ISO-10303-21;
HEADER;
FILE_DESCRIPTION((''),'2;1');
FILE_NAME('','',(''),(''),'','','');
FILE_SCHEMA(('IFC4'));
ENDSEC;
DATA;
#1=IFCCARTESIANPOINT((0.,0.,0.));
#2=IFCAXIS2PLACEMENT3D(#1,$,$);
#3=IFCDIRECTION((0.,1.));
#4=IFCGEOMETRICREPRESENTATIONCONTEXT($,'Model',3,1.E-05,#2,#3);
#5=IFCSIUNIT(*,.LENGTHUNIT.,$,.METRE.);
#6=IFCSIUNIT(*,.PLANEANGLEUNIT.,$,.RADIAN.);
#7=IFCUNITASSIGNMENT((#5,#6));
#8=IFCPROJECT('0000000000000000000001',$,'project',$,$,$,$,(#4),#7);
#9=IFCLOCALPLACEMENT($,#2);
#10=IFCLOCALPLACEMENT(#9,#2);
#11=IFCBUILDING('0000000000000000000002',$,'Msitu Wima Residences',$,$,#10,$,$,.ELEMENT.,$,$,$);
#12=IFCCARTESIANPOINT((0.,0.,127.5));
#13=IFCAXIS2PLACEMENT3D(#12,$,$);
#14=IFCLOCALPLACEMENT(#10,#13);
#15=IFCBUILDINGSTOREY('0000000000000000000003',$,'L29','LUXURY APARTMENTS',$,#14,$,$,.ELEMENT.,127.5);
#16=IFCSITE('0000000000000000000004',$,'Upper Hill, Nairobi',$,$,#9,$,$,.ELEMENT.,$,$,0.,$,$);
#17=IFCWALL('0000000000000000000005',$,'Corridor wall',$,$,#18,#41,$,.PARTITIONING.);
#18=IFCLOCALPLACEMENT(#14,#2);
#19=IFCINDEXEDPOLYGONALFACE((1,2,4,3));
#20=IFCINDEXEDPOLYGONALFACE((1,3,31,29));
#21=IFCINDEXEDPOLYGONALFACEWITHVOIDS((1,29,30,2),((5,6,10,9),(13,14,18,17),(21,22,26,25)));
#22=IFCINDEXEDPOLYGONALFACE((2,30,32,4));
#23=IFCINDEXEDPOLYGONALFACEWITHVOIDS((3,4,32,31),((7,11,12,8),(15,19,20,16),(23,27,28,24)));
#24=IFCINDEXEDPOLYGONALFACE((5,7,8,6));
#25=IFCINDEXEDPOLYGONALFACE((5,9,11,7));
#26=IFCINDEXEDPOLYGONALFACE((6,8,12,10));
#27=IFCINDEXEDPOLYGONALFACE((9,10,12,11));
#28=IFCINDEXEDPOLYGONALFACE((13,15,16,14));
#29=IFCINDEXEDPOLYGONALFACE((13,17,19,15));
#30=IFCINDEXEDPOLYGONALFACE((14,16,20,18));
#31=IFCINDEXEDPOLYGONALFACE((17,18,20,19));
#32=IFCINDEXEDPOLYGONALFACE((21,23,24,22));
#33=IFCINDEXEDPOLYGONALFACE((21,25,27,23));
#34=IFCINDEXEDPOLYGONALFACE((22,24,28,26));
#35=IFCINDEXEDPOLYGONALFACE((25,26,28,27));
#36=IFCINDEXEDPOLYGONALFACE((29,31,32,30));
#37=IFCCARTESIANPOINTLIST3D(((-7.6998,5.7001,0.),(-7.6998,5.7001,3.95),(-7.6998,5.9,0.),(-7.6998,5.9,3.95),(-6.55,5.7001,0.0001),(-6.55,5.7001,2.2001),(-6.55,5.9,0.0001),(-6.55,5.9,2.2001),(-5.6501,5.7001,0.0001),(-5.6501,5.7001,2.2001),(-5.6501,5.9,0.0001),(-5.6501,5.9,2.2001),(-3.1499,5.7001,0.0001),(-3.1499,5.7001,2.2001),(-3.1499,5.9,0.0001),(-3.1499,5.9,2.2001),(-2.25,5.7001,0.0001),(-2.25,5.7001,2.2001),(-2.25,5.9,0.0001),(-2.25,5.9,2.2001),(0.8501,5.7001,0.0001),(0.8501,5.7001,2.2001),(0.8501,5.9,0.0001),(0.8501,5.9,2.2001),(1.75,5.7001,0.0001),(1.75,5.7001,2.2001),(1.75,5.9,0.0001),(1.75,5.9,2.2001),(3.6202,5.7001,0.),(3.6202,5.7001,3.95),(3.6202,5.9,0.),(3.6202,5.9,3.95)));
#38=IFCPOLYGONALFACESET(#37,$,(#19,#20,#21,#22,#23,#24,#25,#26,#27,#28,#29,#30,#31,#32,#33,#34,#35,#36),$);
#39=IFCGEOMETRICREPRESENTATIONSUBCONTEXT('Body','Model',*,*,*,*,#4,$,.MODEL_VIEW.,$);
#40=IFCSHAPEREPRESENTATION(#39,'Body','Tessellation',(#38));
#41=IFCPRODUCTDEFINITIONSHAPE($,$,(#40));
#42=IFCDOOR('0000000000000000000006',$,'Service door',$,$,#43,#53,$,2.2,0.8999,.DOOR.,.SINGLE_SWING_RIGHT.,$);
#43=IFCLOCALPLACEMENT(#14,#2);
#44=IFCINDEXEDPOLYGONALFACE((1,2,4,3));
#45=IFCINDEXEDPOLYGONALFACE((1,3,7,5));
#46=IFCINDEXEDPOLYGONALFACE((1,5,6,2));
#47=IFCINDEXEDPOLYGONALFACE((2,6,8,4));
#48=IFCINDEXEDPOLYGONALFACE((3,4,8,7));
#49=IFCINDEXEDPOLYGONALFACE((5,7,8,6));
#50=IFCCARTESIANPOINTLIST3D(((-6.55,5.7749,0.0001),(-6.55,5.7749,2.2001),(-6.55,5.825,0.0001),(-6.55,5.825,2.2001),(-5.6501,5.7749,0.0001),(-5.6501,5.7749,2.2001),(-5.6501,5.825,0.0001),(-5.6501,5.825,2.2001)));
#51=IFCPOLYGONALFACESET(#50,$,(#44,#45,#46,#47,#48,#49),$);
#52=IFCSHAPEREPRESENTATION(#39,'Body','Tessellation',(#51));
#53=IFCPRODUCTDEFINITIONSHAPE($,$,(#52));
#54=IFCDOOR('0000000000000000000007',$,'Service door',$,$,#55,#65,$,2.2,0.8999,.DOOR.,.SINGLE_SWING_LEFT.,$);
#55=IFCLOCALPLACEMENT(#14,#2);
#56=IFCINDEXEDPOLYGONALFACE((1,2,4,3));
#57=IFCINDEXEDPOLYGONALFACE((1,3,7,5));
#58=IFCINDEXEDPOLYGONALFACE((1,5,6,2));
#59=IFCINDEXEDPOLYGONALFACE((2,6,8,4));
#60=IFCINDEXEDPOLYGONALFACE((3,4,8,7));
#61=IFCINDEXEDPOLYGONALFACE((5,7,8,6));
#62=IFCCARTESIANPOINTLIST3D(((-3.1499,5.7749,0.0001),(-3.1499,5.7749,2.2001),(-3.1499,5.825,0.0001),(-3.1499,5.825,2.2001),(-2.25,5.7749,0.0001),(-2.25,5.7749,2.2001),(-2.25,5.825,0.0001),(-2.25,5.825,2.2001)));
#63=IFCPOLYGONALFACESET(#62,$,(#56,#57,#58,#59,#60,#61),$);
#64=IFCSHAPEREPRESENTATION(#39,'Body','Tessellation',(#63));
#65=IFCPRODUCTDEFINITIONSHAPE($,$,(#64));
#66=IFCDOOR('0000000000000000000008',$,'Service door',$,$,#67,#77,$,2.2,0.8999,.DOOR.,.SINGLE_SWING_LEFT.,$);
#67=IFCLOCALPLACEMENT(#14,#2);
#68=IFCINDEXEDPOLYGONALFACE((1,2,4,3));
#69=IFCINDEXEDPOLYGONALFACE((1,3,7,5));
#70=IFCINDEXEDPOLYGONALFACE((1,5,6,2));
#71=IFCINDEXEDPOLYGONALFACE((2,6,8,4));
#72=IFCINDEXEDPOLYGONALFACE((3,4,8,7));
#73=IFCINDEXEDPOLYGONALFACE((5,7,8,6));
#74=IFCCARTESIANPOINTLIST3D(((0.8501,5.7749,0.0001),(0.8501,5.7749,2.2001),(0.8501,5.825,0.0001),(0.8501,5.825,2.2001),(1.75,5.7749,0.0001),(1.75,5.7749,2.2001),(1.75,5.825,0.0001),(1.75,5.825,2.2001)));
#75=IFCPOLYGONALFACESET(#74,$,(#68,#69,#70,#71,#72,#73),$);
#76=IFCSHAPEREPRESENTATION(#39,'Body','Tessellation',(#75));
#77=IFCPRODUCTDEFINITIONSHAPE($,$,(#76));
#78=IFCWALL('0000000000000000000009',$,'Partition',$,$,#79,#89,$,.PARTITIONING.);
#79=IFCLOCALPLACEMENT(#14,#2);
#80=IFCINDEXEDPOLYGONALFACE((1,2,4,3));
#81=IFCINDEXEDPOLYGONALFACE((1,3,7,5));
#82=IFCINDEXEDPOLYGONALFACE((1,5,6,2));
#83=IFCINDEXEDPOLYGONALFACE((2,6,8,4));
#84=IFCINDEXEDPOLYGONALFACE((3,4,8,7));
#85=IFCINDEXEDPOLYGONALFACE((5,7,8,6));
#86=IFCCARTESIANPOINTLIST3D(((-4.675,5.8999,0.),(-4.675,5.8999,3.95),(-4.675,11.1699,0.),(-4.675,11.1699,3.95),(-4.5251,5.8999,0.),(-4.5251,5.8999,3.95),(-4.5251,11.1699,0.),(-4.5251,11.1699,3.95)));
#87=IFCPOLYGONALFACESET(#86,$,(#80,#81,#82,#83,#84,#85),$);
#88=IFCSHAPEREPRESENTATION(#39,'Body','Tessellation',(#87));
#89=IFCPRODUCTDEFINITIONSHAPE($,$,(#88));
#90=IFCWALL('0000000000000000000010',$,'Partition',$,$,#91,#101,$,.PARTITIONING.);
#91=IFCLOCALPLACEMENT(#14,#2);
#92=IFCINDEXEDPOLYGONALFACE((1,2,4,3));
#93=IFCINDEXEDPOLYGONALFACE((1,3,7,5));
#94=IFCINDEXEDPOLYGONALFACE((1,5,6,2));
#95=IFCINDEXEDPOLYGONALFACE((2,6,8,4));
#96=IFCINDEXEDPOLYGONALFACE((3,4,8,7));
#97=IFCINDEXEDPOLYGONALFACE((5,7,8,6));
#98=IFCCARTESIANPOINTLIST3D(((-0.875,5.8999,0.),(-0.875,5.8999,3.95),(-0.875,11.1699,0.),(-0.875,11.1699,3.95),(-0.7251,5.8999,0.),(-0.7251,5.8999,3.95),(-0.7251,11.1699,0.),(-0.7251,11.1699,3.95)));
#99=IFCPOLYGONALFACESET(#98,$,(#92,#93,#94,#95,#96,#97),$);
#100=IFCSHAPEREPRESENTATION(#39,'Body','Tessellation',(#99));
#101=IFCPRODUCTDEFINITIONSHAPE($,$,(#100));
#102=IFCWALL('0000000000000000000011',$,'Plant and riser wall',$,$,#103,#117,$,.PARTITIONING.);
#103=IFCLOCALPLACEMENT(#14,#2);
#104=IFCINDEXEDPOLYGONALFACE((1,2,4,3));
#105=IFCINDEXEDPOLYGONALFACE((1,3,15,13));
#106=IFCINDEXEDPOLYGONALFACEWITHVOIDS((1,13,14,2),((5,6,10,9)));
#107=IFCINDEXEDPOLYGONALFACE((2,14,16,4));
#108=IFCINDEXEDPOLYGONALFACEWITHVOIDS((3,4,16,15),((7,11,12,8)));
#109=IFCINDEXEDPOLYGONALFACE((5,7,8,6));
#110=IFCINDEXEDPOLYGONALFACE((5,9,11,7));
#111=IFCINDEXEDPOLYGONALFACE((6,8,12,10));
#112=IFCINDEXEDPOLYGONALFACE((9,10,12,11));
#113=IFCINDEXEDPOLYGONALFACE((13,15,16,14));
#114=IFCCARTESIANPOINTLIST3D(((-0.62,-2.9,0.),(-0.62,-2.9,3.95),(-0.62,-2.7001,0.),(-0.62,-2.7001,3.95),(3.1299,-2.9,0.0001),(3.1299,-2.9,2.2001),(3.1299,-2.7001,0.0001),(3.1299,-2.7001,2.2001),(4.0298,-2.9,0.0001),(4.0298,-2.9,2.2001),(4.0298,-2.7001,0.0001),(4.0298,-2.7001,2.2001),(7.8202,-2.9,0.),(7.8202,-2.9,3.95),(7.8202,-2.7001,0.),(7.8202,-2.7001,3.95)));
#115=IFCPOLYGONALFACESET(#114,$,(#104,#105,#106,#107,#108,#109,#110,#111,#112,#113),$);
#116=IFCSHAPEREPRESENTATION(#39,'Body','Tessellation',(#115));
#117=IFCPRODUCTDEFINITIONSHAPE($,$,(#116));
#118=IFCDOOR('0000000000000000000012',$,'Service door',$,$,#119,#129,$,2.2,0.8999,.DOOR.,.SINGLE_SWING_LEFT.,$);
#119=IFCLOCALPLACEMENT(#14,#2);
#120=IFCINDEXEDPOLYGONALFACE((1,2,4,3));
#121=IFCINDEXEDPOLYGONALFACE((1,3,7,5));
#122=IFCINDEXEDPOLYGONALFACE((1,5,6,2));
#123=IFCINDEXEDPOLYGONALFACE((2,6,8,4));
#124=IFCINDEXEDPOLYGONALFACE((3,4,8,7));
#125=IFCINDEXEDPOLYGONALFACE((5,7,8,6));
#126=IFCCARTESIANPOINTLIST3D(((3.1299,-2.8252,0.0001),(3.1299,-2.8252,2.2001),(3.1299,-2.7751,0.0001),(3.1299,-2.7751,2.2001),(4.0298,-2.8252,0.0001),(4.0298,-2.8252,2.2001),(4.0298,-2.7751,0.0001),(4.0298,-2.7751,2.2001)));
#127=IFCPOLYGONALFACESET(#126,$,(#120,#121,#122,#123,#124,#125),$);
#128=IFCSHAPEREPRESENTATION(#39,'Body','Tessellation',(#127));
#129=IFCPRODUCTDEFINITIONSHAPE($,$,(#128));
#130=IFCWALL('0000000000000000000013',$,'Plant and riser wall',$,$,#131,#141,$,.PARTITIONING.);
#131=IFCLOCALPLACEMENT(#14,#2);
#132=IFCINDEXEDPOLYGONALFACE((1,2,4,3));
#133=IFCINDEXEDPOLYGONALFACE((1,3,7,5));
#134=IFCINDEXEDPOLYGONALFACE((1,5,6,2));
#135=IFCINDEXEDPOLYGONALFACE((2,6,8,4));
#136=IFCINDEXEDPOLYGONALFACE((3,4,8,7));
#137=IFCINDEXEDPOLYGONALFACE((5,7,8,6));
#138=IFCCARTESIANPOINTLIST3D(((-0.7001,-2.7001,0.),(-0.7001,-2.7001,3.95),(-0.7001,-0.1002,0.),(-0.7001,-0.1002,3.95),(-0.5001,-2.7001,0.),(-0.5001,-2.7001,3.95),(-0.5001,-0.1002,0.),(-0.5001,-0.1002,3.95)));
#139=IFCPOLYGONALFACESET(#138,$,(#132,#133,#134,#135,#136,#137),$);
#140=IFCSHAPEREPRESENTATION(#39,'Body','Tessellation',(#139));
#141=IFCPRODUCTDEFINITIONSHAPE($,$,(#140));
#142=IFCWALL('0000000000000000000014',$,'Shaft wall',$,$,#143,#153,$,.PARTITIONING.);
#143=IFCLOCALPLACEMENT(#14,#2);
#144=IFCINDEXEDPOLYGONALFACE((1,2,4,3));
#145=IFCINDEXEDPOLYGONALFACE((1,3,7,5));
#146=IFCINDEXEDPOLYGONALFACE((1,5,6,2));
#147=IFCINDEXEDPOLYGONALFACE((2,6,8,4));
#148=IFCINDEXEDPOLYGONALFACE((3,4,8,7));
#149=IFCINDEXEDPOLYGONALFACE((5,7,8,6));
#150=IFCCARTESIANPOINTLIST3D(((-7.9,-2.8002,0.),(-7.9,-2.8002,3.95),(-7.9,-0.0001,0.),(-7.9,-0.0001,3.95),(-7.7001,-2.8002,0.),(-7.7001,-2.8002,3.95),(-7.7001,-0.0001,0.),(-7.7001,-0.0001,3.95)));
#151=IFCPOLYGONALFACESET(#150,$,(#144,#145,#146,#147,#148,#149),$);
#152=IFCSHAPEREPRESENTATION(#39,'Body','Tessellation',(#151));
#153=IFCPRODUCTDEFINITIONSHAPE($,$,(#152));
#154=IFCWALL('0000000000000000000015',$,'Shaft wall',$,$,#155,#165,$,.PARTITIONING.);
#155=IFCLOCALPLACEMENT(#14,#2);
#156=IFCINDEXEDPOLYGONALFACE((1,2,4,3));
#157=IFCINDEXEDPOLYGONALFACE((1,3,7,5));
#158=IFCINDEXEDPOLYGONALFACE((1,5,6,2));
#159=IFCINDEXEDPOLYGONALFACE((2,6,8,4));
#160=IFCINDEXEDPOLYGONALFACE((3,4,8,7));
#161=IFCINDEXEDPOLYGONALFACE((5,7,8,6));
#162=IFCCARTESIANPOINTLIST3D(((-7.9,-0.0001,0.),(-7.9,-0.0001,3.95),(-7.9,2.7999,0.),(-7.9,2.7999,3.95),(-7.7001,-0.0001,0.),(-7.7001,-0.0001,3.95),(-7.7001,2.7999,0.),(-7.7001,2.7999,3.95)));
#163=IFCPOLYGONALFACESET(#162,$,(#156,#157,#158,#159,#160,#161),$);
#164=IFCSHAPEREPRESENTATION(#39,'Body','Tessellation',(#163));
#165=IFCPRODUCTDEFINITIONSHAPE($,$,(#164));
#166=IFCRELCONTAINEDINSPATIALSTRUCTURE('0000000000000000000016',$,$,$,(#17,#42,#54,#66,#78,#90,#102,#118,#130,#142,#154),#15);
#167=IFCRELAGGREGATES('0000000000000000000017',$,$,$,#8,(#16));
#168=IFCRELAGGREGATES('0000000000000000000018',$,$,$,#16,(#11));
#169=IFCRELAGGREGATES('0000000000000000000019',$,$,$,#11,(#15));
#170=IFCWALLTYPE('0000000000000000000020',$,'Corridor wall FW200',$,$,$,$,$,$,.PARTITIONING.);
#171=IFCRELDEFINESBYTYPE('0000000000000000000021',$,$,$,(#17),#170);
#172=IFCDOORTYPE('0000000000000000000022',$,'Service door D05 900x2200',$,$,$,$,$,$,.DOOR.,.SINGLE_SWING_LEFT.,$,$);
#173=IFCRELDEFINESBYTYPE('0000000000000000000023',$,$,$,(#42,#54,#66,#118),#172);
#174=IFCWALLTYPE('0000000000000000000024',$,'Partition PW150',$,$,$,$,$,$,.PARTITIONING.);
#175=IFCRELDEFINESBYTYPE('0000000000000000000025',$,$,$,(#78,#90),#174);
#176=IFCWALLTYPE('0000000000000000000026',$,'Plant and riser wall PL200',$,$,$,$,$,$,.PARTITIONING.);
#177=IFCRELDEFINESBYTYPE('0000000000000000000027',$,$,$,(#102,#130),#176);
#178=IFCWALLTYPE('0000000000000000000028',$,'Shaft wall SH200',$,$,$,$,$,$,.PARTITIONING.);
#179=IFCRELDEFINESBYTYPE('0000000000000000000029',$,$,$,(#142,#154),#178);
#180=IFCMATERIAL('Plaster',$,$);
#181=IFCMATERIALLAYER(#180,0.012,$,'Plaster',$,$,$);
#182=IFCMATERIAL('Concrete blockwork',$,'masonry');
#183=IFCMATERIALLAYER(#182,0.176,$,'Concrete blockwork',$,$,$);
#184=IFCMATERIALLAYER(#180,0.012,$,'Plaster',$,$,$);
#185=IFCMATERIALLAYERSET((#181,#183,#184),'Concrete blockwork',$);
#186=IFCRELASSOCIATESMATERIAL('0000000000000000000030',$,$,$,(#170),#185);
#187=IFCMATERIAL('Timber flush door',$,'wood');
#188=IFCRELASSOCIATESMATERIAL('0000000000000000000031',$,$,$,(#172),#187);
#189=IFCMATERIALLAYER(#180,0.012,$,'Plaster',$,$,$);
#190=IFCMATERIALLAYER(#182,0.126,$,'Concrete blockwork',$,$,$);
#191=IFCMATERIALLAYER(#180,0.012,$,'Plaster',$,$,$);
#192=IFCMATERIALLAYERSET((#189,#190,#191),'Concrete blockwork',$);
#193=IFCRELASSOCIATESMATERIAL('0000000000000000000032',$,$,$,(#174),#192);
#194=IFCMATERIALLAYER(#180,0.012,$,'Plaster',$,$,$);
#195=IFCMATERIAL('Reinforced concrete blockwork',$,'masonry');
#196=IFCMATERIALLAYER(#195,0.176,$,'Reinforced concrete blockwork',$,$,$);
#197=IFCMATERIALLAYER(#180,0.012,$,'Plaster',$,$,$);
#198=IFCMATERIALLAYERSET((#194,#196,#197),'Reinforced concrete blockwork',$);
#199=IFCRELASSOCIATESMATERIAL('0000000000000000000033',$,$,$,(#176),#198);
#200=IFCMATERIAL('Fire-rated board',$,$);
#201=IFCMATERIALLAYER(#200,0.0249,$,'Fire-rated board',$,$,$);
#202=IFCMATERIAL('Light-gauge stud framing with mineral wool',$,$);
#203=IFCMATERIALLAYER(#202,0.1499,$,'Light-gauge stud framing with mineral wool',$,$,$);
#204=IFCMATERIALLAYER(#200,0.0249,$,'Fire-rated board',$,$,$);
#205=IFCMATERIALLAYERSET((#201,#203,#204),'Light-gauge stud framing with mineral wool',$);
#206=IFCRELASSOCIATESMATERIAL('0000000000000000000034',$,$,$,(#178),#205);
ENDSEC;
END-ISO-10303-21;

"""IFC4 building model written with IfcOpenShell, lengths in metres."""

from ifc_helpers import new_model, si_unit, direction, frame, frame_2d, origin, place, context, subcontext, project, spatial, rectangle, extrude, material, layer, layer_set, type_object, element, fill, save


model = new_model("IFC4")

# Units and contexts
model_context = context("Model", 3, precision=1e-05, world=origin(), true_north=direction((0.0, 1.0)))
body_context = subcontext(model_context, "Body", "Model", "MODEL_VIEW")
ifc_project = project(units=[si_unit("LENGTHUNIT", "METRE"), si_unit("PLANEANGLEUNIT", "RADIAN")], contexts=[model_context])

# Site, building, storey
site_placement = place(None, origin())
site = spatial("IfcSite", under=ifc_project, at=site_placement, Name="Upper Hill, Nairobi", CompositionType="ELEMENT", RefElevation=0.0)
building_placement = place(site_placement, origin())
building = spatial("IfcBuilding", under=site, at=building_placement, Name="Msitu Wima Residences", CompositionType="ELEMENT")
storey_placement = place(building_placement, frame((0.0, 0.0, 127.5)))
storey = spatial("IfcBuildingStorey", under=building, at=storey_placement, Name="L29", Description="LUXURY APARTMENTS", CompositionType="ELEMENT", Elevation=127.5)

# Shared definitions
ifc_material_1 = material(Name="Plaster")
ifc_layer_1 = layer(ifc_material_1, 0.012, Name="Plaster")
ifc_material_2 = material(Name="Concrete blockwork", Category="masonry")
ifc_layer_2 = layer(ifc_material_2, 0.176, Name="Concrete blockwork")
ifc_layer_3 = layer(ifc_material_1, 0.012, Name="Plaster")
ifc_layer_set_1 = layer_set([ifc_layer_1, ifc_layer_2, ifc_layer_3], Name="Concrete blockwork")
wall_type_1 = type_object("IfcWallType", Name="Corridor wall FW200", PredefinedType="PARTITIONING", material=ifc_layer_set_1)
ifc_material_3 = material(Name="Timber flush door", Category="wood")
door_type_1 = type_object("IfcDoorType", Name="Service door D05 900x2200", OperationType="SINGLE_SWING_LEFT", PredefinedType="DOOR", material=ifc_material_3)

# Wall, openings, doors
wall_1_placement = place(storey_placement, frame((-7.7, 5.8, 0.0), z_axis=(0.0, 0.0, 1.0), x_axis=(1.0, 0.0, 0.0)))
wall_1 = element("IfcWall", 1, at=wall_1_placement, inside=storey, type_object=wall_type_1, Name="Corridor wall", PredefinedType="PARTITIONING", context=body_context, shape_type="SweptSolid", body=[
    extrude(rectangle(XDim=11.3201, YDim=0.2, at=frame_2d((5.6602, 0.0))), origin(), (0.0, 0.0, 1.0), 3.95),
])
opening_1_placement = place(wall_1_placement, frame((1.1499, 0.0, 0.0)))
opening_1 = element("IfcOpeningElement", 2, at=opening_1_placement, cuts=wall_1, PredefinedType="OPENING", context=body_context, shape_type="SweptSolid", body=[
    extrude(rectangle(XDim=0.8999, YDim=2.2, at=frame_2d((0.45, 1.1001))), frame((0.0, 0.1099, 0.0), z_axis=(0.0, -1.0, 0.0), x_axis=(1.0, 0.0, 0.0)), (0.0, 0.0, 1.0), 0.22),
])
opening_2_placement = place(wall_1_placement, frame((4.55, 0.0, 0.0)))
opening_2 = element("IfcOpeningElement", 3, at=opening_2_placement, cuts=wall_1, PredefinedType="OPENING", context=body_context, shape_type="SweptSolid", body=[
    extrude(rectangle(XDim=0.8999, YDim=2.2, at=frame_2d((0.45, 1.1001))), frame((0.0, 0.1099, 0.0), z_axis=(0.0, -1.0, 0.0), x_axis=(1.0, 0.0, 0.0)), (0.0, 0.0, 1.0), 0.22),
])
opening_3_placement = place(wall_1_placement, frame((8.55, 0.0, 0.0)))
opening_3 = element("IfcOpeningElement", 4, at=opening_3_placement, cuts=wall_1, PredefinedType="OPENING", context=body_context, shape_type="SweptSolid", body=[
    extrude(rectangle(XDim=0.8999, YDim=2.2, at=frame_2d((0.45, 1.1001))), frame((0.0, 0.1099, 0.0), z_axis=(0.0, -1.0, 0.0), x_axis=(1.0, 0.0, 0.0)), (0.0, 0.0, 1.0), 0.22),
])
door_1_placement = place(opening_1_placement, origin())
door_1 = element("IfcDoor", 5, at=door_1_placement, inside=storey, type_object=door_type_1, Name="Service door", OperationType="SINGLE_SWING_RIGHT", OverallHeight=2.2, OverallWidth=0.8999, PredefinedType="DOOR", context=body_context, shape_type="SweptSolid", body=[
    extrude(rectangle(XDim=0.8999, YDim=2.2, at=frame_2d((0.45, 1.1001))), frame((0.0, 0.0249, 0.0), z_axis=(0.0, -1.0, 0.0), x_axis=(1.0, 0.0, 0.0)), (0.0, 0.0, 1.0), 0.05),
])
fill(opening_1, door_1)
door_2_placement = place(opening_2_placement, origin())
door_2 = element("IfcDoor", 6, at=door_2_placement, inside=storey, type_object=door_type_1, Name="Service door", OperationType="SINGLE_SWING_LEFT", OverallHeight=2.2, OverallWidth=0.8999, PredefinedType="DOOR", context=body_context, shape_type="SweptSolid", body=[
    extrude(rectangle(XDim=0.8999, YDim=2.2, at=frame_2d((0.45, 1.1001))), frame((0.0, 0.0249, 0.0), z_axis=(0.0, -1.0, 0.0), x_axis=(1.0, 0.0, 0.0)), (0.0, 0.0, 1.0), 0.05),
])
fill(opening_2, door_2)
door_3_placement = place(opening_3_placement, origin())
door_3 = element("IfcDoor", 7, at=door_3_placement, inside=storey, type_object=door_type_1, Name="Service door", OperationType="SINGLE_SWING_LEFT", OverallHeight=2.2, OverallWidth=0.8999, PredefinedType="DOOR", context=body_context, shape_type="SweptSolid", body=[
    extrude(rectangle(XDim=0.8999, YDim=2.2, at=frame_2d((0.45, 1.1001))), frame((0.0, 0.0249, 0.0), z_axis=(0.0, -1.0, 0.0), x_axis=(1.0, 0.0, 0.0)), (0.0, 0.0, 1.0), 0.05),
])
fill(opening_3, door_3)

# Walls
ifc_layer_4 = layer(ifc_material_1, 0.012, Name="Plaster")
ifc_layer_5 = layer(ifc_material_2, 0.126, Name="Concrete blockwork")
ifc_layer_6 = layer(ifc_material_1, 0.012, Name="Plaster")
ifc_layer_set_2 = layer_set([ifc_layer_4, ifc_layer_5, ifc_layer_6], Name="Concrete blockwork")
wall_type_2 = type_object("IfcWallType", Name="Partition PW150", PredefinedType="PARTITIONING", material=ifc_layer_set_2)
for number, where, z_axis, x_axis, name in (
    (8, (-4.6001, 5.8999, 0.0), (0.0, 0.0, 1.0), (0.0, 1.0, 0.0), "Partition"),
    (9, (-0.8, 5.8999, 0.0), (0.0, 0.0, 1.0), (0.0, 1.0, 0.0), "Partition"),
):
    element("IfcWall", number, at=place(storey_placement, frame(where, z_axis=z_axis, x_axis=x_axis)), inside=storey, type_object=wall_type_2, Name=name, PredefinedType="PARTITIONING", context=body_context, shape_type="SweptSolid", body=[
        extrude(rectangle(XDim=5.27, YDim=0.1499, at=frame_2d((2.635, 0.0))), origin(), (0.0, 0.0, 1.0), 3.95),
    ])

# Wall, opening, door
ifc_layer_7 = layer(ifc_material_1, 0.012, Name="Plaster")
ifc_material_4 = material(Name="Reinforced concrete blockwork", Category="masonry")
ifc_layer_8 = layer(ifc_material_4, 0.176, Name="Reinforced concrete blockwork")
ifc_layer_9 = layer(ifc_material_1, 0.012, Name="Plaster")
ifc_layer_set_3 = layer_set([ifc_layer_7, ifc_layer_8, ifc_layer_9], Name="Reinforced concrete blockwork")
wall_type_3 = type_object("IfcWallType", Name="Plant and riser wall PL200", PredefinedType="PARTITIONING", material=ifc_layer_set_3)
wall_2_placement = place(storey_placement, frame((-0.6201, -2.8, 0.0), z_axis=(0.0, 0.0, 1.0), x_axis=(1.0, 0.0, 0.0)))
wall_2 = element("IfcWall", 10, at=wall_2_placement, inside=storey, type_object=wall_type_3, Name="Plant and riser wall", PredefinedType="PARTITIONING", context=body_context, shape_type="SweptSolid", body=[
    extrude(rectangle(XDim=8.4402, YDim=0.2, at=frame_2d((4.2202, 0.0))), origin(), (0.0, 0.0, 1.0), 3.95),
])
opening_4_placement = place(wall_2_placement, frame((3.75, 0.0, 0.0)))
opening_4 = element("IfcOpeningElement", 11, at=opening_4_placement, cuts=wall_2, PredefinedType="OPENING", context=body_context, shape_type="SweptSolid", body=[
    extrude(rectangle(XDim=0.8999, YDim=2.2, at=frame_2d((0.45, 1.1001))), frame((0.0, 0.1099, 0.0), z_axis=(0.0, -1.0, 0.0), x_axis=(1.0, 0.0, 0.0)), (0.0, 0.0, 1.0), 0.22),
])
door_4_placement = place(opening_4_placement, origin())
door_4 = element("IfcDoor", 12, at=door_4_placement, inside=storey, type_object=door_type_1, Name="Service door", OperationType="SINGLE_SWING_LEFT", OverallHeight=2.2, OverallWidth=0.8999, PredefinedType="DOOR", context=body_context, shape_type="SweptSolid", body=[
    extrude(rectangle(XDim=0.8999, YDim=2.2, at=frame_2d((0.45, 1.1001))), frame((0.0, 0.0249, 0.0), z_axis=(0.0, -1.0, 0.0), x_axis=(1.0, 0.0, 0.0)), (0.0, 0.0, 1.0), 0.05),
])
fill(opening_4, door_4)

# Walls
wall_3_placement = place(storey_placement, frame((-0.6001, -2.7, 0.0), z_axis=(0.0, 0.0, 1.0), x_axis=(0.0, 1.0, 0.0)))
element("IfcWall", 13, at=wall_3_placement, inside=storey, type_object=wall_type_3, Name="Plant and riser wall", PredefinedType="PARTITIONING", context=body_context, shape_type="SweptSolid", body=[
    extrude(rectangle(XDim=2.5999, YDim=0.2, at=frame_2d((1.2998, 0.0))), origin(), (0.0, 0.0, 1.0), 3.95),
])
ifc_material_5 = material(Name="Fire-rated board")
ifc_layer_10 = layer(ifc_material_5, 0.0249, Name="Fire-rated board")
ifc_material_6 = material(Name="Light-gauge stud framing with mineral wool")
ifc_layer_11 = layer(ifc_material_6, 0.1499, Name="Light-gauge stud framing with mineral wool")
ifc_layer_12 = layer(ifc_material_5, 0.0249, Name="Fire-rated board")
ifc_layer_set_4 = layer_set([ifc_layer_10, ifc_layer_11, ifc_layer_12], Name="Light-gauge stud framing with mineral wool")
wall_type_4 = type_object("IfcWallType", Name="Shaft wall SH200", PredefinedType="PARTITIONING", material=ifc_layer_set_4)
for number, where, z_axis, x_axis, name in (
    (14, (-7.8, -2.8, 0.0), (0.0, 0.0, 1.0), (0.0, 1.0, 0.0), "Shaft wall"),
    (15, (-7.8, 0.0, 0.0), (0.0, 0.0, 1.0), (0.0, 1.0, 0.0), "Shaft wall"),
):
    element("IfcWall", number, at=place(storey_placement, frame(where, z_axis=z_axis, x_axis=x_axis)), inside=storey, type_object=wall_type_4, Name=name, PredefinedType="PARTITIONING", context=body_context, shape_type="SweptSolid", body=[
        extrude(rectangle(XDim=2.8, YDim=0.2, at=frame_2d((1.3999, 0.0))), origin(), (0.0, 0.0, 1.0), 3.95),
    ])

save(model, "model.ifc")
